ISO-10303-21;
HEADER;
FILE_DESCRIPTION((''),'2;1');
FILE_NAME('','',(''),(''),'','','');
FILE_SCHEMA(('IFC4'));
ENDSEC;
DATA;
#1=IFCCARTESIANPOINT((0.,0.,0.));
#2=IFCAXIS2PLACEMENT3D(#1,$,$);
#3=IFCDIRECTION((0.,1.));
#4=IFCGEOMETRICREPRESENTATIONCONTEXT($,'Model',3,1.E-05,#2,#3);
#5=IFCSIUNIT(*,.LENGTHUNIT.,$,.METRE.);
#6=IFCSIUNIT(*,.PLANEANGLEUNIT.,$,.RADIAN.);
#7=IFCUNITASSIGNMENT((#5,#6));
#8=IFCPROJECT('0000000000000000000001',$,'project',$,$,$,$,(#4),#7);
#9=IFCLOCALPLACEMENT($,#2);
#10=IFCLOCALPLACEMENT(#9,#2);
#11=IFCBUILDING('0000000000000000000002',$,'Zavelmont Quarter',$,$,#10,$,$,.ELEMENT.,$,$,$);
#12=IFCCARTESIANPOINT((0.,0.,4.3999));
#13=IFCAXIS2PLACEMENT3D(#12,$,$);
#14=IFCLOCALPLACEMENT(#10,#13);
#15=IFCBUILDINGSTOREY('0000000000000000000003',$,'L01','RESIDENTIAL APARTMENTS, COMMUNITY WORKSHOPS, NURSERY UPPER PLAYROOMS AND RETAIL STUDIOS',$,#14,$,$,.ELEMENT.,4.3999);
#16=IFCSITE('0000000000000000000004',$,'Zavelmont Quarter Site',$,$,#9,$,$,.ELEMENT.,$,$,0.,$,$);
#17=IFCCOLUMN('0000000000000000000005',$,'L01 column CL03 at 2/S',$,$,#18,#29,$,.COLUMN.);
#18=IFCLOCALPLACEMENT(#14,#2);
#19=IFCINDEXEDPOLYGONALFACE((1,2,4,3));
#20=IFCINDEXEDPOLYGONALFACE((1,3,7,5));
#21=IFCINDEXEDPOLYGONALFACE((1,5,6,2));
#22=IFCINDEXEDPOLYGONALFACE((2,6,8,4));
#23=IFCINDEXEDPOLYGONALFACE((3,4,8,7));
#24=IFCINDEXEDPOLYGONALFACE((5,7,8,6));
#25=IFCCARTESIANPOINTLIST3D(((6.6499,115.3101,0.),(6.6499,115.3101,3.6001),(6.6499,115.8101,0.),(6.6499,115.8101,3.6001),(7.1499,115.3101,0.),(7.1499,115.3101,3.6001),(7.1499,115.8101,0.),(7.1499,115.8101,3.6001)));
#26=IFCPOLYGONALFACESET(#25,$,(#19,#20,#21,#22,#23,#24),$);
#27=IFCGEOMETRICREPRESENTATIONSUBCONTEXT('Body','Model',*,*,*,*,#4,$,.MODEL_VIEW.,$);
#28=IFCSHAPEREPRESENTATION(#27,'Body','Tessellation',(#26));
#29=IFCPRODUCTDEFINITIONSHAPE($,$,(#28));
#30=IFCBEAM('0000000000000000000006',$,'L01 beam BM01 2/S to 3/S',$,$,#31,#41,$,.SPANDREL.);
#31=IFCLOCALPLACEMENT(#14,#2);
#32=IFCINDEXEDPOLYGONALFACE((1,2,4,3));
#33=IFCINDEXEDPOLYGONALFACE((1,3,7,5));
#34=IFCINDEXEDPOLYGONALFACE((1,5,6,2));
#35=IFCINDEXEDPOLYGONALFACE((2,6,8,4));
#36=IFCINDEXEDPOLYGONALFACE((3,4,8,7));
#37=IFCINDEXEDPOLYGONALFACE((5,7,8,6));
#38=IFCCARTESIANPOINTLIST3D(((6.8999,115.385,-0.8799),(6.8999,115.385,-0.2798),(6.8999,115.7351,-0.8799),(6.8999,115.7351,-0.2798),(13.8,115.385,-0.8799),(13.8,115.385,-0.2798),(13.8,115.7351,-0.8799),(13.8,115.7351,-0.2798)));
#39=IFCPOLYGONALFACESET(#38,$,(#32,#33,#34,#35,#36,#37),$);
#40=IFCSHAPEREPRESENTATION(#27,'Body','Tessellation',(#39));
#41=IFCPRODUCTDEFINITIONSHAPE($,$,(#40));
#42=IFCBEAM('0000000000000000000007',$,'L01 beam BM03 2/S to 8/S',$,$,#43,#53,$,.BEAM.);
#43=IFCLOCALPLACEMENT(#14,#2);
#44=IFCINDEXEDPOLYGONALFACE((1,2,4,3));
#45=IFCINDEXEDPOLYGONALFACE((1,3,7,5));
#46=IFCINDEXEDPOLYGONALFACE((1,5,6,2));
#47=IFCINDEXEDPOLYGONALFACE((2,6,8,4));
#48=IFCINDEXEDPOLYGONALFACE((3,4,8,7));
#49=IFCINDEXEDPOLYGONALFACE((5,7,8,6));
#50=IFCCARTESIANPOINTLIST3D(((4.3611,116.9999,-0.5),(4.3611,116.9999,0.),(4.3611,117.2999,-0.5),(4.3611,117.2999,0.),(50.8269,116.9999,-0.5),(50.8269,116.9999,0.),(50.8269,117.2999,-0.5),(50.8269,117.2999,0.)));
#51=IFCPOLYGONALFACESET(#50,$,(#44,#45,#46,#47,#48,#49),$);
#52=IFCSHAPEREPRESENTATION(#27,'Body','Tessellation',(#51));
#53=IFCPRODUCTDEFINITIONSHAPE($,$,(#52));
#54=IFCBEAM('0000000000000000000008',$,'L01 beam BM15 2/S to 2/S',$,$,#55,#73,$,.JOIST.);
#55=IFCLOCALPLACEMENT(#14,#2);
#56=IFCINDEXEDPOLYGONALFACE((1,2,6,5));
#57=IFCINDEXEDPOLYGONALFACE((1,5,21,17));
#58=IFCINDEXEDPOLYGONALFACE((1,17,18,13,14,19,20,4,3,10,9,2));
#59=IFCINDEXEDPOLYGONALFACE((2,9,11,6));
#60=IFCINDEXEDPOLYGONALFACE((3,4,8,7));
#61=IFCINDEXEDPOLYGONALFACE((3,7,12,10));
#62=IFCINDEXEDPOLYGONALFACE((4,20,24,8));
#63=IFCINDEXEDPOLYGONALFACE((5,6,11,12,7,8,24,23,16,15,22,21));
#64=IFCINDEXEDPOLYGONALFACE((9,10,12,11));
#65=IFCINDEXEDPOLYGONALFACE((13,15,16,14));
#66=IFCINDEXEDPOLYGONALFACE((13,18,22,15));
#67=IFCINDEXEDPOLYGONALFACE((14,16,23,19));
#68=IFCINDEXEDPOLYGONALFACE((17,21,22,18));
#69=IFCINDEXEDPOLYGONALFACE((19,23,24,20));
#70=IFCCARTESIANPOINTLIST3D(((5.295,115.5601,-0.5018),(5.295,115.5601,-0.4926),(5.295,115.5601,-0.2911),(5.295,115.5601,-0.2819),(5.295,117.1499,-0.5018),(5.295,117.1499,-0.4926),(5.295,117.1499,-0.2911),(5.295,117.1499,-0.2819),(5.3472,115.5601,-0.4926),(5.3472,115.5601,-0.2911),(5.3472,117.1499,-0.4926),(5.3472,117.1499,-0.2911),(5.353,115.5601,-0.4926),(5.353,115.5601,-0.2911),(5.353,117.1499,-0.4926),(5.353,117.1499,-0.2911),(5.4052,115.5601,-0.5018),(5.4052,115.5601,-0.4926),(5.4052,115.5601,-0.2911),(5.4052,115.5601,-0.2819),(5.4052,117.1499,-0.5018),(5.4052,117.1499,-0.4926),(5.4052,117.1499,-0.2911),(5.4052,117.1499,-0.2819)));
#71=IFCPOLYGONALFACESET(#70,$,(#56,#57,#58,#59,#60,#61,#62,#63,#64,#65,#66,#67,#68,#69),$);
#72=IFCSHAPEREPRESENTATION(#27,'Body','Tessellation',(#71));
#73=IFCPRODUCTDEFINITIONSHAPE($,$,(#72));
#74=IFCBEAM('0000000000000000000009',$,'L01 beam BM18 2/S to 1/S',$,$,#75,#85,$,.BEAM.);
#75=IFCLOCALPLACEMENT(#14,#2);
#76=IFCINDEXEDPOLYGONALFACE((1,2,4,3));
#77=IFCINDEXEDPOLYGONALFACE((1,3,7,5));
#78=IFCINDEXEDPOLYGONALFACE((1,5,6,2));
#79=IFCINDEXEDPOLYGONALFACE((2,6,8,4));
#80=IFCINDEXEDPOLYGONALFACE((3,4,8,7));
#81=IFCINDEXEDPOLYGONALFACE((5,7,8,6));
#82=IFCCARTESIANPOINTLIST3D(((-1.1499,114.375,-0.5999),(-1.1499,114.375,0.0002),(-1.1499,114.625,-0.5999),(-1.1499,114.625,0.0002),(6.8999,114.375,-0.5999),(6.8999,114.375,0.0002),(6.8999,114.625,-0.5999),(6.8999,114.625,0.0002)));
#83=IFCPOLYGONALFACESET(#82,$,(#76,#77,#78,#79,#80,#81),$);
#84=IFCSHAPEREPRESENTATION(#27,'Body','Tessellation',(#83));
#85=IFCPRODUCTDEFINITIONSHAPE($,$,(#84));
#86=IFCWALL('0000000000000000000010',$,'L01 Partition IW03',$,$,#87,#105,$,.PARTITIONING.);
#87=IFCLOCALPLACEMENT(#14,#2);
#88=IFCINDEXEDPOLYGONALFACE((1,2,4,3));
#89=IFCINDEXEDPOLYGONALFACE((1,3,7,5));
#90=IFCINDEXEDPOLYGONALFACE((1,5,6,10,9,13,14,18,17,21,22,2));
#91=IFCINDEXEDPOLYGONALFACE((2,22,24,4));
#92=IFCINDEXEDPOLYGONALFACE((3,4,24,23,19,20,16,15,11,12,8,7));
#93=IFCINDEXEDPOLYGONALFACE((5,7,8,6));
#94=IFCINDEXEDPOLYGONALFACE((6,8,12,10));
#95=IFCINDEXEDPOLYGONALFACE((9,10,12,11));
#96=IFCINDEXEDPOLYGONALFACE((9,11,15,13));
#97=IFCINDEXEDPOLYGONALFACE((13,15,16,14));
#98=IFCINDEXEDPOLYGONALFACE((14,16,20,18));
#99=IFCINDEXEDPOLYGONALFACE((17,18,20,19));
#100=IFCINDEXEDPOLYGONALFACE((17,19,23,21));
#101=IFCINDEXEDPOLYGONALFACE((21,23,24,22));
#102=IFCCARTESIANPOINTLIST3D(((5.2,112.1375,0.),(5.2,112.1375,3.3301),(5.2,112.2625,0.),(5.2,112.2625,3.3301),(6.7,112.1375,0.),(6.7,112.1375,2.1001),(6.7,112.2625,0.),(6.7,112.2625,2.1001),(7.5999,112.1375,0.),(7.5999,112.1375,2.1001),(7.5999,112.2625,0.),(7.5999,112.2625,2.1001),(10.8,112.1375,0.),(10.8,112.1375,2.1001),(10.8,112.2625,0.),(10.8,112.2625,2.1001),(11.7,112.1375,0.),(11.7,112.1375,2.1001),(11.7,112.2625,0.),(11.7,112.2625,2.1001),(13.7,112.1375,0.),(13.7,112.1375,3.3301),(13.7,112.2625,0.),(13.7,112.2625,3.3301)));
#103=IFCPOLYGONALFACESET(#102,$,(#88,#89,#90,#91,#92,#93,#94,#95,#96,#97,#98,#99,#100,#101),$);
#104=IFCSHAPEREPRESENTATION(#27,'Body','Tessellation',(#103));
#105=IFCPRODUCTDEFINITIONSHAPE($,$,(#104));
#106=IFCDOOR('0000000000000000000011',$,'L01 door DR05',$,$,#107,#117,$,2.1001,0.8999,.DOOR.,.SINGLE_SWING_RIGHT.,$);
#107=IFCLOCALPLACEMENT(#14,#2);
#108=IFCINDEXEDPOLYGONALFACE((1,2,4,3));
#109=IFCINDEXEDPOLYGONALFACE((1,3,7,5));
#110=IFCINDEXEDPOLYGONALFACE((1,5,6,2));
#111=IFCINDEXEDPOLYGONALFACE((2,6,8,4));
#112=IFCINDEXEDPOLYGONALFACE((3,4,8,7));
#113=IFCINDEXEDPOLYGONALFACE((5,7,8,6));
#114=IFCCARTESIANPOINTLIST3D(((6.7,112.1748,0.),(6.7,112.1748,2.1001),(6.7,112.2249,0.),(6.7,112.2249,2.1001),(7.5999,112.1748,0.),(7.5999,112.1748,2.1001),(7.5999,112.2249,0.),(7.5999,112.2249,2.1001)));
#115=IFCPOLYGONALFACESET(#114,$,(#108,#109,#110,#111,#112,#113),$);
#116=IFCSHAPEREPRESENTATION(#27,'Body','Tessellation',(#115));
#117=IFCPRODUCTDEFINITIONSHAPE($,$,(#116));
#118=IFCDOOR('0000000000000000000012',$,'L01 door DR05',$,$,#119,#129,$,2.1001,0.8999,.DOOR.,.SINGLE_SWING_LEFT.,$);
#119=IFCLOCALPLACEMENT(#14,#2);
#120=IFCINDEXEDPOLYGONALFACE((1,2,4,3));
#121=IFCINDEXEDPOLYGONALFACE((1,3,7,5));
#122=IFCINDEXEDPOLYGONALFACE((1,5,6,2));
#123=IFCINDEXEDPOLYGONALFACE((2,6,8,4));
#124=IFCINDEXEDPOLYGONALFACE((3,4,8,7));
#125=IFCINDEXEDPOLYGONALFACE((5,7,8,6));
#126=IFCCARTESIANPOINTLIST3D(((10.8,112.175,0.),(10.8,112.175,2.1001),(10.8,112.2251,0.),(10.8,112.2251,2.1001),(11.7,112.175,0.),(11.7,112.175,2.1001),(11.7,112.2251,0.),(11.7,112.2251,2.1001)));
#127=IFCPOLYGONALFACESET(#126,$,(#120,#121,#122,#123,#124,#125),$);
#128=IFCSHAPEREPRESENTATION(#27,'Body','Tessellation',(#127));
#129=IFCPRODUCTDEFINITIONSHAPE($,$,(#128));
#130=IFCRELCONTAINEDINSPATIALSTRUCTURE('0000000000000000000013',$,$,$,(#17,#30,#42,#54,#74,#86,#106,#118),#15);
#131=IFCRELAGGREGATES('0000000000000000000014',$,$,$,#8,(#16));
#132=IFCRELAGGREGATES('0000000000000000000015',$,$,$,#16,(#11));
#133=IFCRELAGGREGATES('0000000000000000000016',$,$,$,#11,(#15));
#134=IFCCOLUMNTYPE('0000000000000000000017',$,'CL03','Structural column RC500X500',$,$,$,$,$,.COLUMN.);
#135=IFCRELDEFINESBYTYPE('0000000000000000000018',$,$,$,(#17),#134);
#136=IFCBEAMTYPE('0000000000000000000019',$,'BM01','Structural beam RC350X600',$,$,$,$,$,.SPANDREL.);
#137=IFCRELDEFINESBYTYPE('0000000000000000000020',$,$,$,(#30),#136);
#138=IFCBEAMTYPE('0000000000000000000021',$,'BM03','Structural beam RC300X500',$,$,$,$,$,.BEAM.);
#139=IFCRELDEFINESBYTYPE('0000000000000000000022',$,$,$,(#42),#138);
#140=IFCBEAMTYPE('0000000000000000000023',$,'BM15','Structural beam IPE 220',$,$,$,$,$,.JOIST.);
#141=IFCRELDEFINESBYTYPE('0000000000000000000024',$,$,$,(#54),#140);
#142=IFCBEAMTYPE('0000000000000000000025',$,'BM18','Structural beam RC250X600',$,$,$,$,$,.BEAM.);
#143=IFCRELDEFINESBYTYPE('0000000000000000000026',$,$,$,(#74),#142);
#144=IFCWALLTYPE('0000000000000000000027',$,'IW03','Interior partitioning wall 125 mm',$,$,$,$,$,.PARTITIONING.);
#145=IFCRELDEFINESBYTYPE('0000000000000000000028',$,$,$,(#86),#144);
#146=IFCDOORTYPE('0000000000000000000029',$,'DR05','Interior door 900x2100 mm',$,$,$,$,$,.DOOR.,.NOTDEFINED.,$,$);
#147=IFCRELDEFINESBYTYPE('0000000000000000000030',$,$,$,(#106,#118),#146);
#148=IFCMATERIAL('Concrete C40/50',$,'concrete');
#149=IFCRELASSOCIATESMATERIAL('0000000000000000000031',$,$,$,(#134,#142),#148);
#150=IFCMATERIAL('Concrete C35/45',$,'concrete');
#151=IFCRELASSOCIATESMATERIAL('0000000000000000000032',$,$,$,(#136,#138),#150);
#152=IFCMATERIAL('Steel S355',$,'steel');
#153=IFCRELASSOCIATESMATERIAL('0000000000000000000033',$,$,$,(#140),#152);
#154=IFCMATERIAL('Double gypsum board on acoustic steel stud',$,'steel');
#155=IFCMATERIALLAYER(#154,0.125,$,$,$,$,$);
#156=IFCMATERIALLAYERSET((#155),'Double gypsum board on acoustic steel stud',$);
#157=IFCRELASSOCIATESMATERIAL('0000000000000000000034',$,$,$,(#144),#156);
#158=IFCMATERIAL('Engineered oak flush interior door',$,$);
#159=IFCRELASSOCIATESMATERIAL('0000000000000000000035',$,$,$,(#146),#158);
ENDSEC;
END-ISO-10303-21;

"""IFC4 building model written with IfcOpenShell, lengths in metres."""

from ifc_helpers import new_model, si_unit, direction, frame, frame_2d, origin, origin_with_axes, origin_2d, place, context, subcontext, project, spatial, rectangle, i_section, extrude, material, layer, layer_set, material_profile, profile_set, type_object, element, fill, save


model = new_model("IFC4")

# Units and contexts
model_context = context("Model", 3, precision=1e-05, world=origin(), true_north=direction((0.0, 1.0)))
body_context = subcontext(model_context, "Body", "Model", "MODEL_VIEW")
ifc_project = project(units=[si_unit("LENGTHUNIT", "METRE"), si_unit("PLANEANGLEUNIT", "RADIAN")], contexts=[model_context])

# Site, building, storey
site_placement = place(None, origin())
site = spatial("IfcSite", under=ifc_project, at=site_placement, Name="Zavelmont Quarter Site", CompositionType="ELEMENT", RefElevation=0.0)
building_placement = place(site_placement, origin())
building = spatial("IfcBuilding", under=site, at=building_placement, Name="Zavelmont Quarter", CompositionType="ELEMENT")
storey_placement = place(building_placement, frame((0.0, 0.0, 4.3999)))
storey = spatial("IfcBuildingStorey", under=building, at=storey_placement, Name="L01", Description="RESIDENTIAL APARTMENTS, COMMUNITY WORKSHOPS, NURSERY UPPER PLAYROOMS AND RETAIL STUDIOS", CompositionType="ELEMENT", Elevation=4.3999)

# Column
ifc_material_1 = material(Name="Concrete C40/50", Category="concrete")
ifc_material_profile_1 = material_profile(ifc_material_1, rectangle(XDim=0.5, YDim=0.5, at=origin_2d()), Name="RC500X500")
ifc_profile_set_1 = profile_set([ifc_material_profile_1], Name="Concrete C40/50")
column_type = type_object("IfcColumnType", Name="CL03", Description="Structural column RC500X500", PredefinedType="COLUMN", material=ifc_profile_set_1)
column_placement = place(storey_placement, frame((6.8999, 115.5601, 0.0), z_axis=(0.0, 0.0, 1.0), x_axis=(1.0, 0.0, 0.0)))
element("IfcColumn", 1, at=column_placement, inside=storey, type_object=column_type, Name="L01 column CL03 at 2/S", PredefinedType="COLUMN", context=body_context, shape_type="SweptSolid", body=[
    extrude(rectangle(XDim=0.5, YDim=0.5, at=origin_2d()), origin(), (0.0, 0.0, 1.0), 3.6001),
])

# Beams
ifc_material_2 = material(Name="Concrete C35/45", Category="concrete")
ifc_material_profile_2 = material_profile(ifc_material_2, rectangle(XDim=0.3501, YDim=0.6001, at=origin_2d()), Name="RC350X600")
ifc_profile_set_2 = profile_set([ifc_material_profile_2], Name="Concrete C35/45")
beam_type_1 = type_object("IfcBeamType", Name="BM01", Description="Structural beam RC350X600", PredefinedType="SPANDREL", material=ifc_profile_set_2)
beam_1_placement = place(storey_placement, frame((6.8999, 115.5601, -0.5798), z_axis=(1.0, 0.0, 0.0), x_axis=(0.0, 1.0, 0.0)))
element("IfcBeam", 2, at=beam_1_placement, inside=storey, type_object=beam_type_1, Name="L01 beam BM01 2/S to 3/S", PredefinedType="SPANDREL", context=body_context, shape_type="SweptSolid", body=[
    extrude(rectangle(XDim=0.3501, YDim=0.6001, at=origin_2d()), origin(), (0.0, 0.0, 1.0), 6.9001),
])
ifc_material_profile_3 = material_profile(ifc_material_2, rectangle(XDim=0.3, YDim=0.5, at=origin_2d()), Name="RC300X500")
ifc_profile_set_3 = profile_set([ifc_material_profile_3], Name="Concrete C35/45")
beam_type_2 = type_object("IfcBeamType", Name="BM03", Description="Structural beam RC300X500", PredefinedType="BEAM", material=ifc_profile_set_3)
beam_2_placement = place(storey_placement, frame((4.3611, 117.1499, -0.25), z_axis=(1.0, 0.0, 0.0), x_axis=(0.0, 1.0, 0.0)))
element("IfcBeam", 3, at=beam_2_placement, inside=storey, type_object=beam_type_2, Name="L01 beam BM03 2/S to 8/S", PredefinedType="BEAM", context=body_context, shape_type="SweptSolid", body=[
    extrude(rectangle(XDim=0.3, YDim=0.5, at=origin_2d()), origin(), (0.0, 0.0, 1.0), 46.4658),
])
ifc_material_3 = material(Name="Steel S355", Category="steel")
ifc_material_profile_4 = material_profile(ifc_material_3, i_section(OverallWidth=0.1101, OverallDepth=0.22, WebThickness=0.0059, FlangeThickness=0.0093, at=origin_2d()), Name="IPE 220")
ifc_profile_set_4 = profile_set([ifc_material_profile_4], Name="Steel S355")
beam_type_3 = type_object("IfcBeamType", Name="BM15", Description="Structural beam IPE 220", PredefinedType="JOIST", material=ifc_profile_set_4)
beam_3_placement = place(storey_placement, frame((5.3501, 115.5601, -0.3918), z_axis=(0.0, 1.0, 0.0), x_axis=(-1.0, 0.0, 0.0)))
element("IfcBeam", 4, at=beam_3_placement, inside=storey, type_object=beam_type_3, Name="L01 beam BM15 2/S to 2/S", PredefinedType="JOIST", context=body_context, shape_type="SweptSolid", body=[
    extrude(i_section(OverallWidth=0.1101, OverallDepth=0.22, WebThickness=0.0059, FlangeThickness=0.0093, at=origin_2d()), origin(), (0.0, 0.0, 1.0), 1.5898),
])
ifc_material_profile_5 = material_profile(ifc_material_1, rectangle(XDim=0.25, YDim=0.6001, at=origin_2d()), Name="RC250X600")
ifc_profile_set_5 = profile_set([ifc_material_profile_5], Name="Concrete C40/50")
beam_type_4 = type_object("IfcBeamType", Name="BM18", Description="Structural beam RC250X600", PredefinedType="BEAM", material=ifc_profile_set_5)
beam_4_placement = place(storey_placement, frame((6.8999, 114.5, -0.2998), z_axis=(-1.0, 0.0, 0.0), x_axis=(0.0, -1.0, 0.0)))
element("IfcBeam", 5, at=beam_4_placement, inside=storey, type_object=beam_type_4, Name="L01 beam BM18 2/S to 1/S", PredefinedType="BEAM", context=body_context, shape_type="SweptSolid", body=[
    extrude(rectangle(XDim=0.25, YDim=0.6001, at=origin_2d()), origin(), (0.0, 0.0, 1.0), 8.0498),
])

# Wall, openings, doors
ifc_material_4 = material(Name="Double gypsum board on acoustic steel stud", Category="steel")
ifc_layer_1 = layer(ifc_material_4, 0.125)
ifc_layer_set_1 = layer_set([ifc_layer_1], Name="Double gypsum board on acoustic steel stud")
wall_type_1 = type_object("IfcWallType", Name="IW03", Description="Interior partitioning wall 125 mm", PredefinedType="PARTITIONING", material=ifc_layer_set_1)
wall_1_placement = place(storey_placement, frame((5.2, 112.2, 0.0), z_axis=(0.0, 0.0, 1.0), x_axis=(1.0, 0.0, 0.0)))
wall_1 = element("IfcWall", 6, at=wall_1_placement, inside=storey, type_object=wall_type_1, Name="L01 Partition IW03", PredefinedType="PARTITIONING", context=body_context, shape_type="SweptSolid", body=[
    extrude(rectangle(XDim=8.5, YDim=0.125, at=frame_2d((4.25, 0.0))), origin(), (0.0, 0.0, 1.0), 3.3301),
])
opening_1_placement = place(wall_1_placement, frame((1.5, 0.0, 0.0)))
opening_1 = element("IfcOpeningElement", 7, at=opening_1_placement, cuts=wall_1, PredefinedType="OPENING", context=body_context, shape_type="SweptSolid", body=[
    extrude(rectangle(XDim=0.8999, YDim=2.1001, at=frame_2d((0.45, 1.05))), frame((0.0, 0.0745, 0.0), z_axis=(0.0, -1.0, 0.0), x_axis=(1.0, 0.0, 0.0)), (0.0, 0.0, 1.0), 0.1489),
])
opening_2_placement = place(wall_1_placement, frame((5.6001, 0.0, 0.0)))
opening_2 = element("IfcOpeningElement", 8, at=opening_2_placement, cuts=wall_1, PredefinedType="OPENING", context=body_context, shape_type="SweptSolid", body=[
    extrude(rectangle(XDim=0.8999, YDim=2.1001, at=frame_2d((0.45, 1.05))), frame((0.0, 0.0745, 0.0), z_axis=(0.0, -1.0, 0.0), x_axis=(1.0, 0.0, 0.0)), (0.0, 0.0, 1.0), 0.1489),
])
ifc_material_5 = material(Name="Engineered oak flush interior door")
door_type_1 = type_object("IfcDoorType", Name="DR05", Description="Interior door 900x2100 mm", OperationType="NOTDEFINED", PredefinedType="DOOR", material=ifc_material_5)
door_1_placement = place(opening_1_placement, origin_with_axes())
door_1 = element("IfcDoor", 9, at=door_1_placement, inside=storey, type_object=door_type_1, Name="L01 door DR05", OperationType="SINGLE_SWING_RIGHT", OverallHeight=2.1001, OverallWidth=0.8999, PredefinedType="DOOR", context=body_context, shape_type="SweptSolid", body=[
    extrude(rectangle(XDim=0.8999, YDim=2.1001, at=frame_2d((0.45, 1.05))), frame((0.0, 0.0249, 0.0), z_axis=(0.0, -1.0, 0.0), x_axis=(1.0, 0.0, 0.0)), (0.0, 0.0, 1.0), 0.05),
])
fill(opening_1, door_1)
door_2_placement = place(opening_2_placement, frame((0.8999, 0.0, 0.0), z_axis=(0.0, 0.0, 1.0), x_axis=(-1.0, 0.0, 0.0)))
door_2 = element("IfcDoor", 10, at=door_2_placement, inside=storey, type_object=door_type_1, Name="L01 door DR05", OperationType="SINGLE_SWING_LEFT", OverallHeight=2.1001, OverallWidth=0.8999, PredefinedType="DOOR", context=body_context, shape_type="SweptSolid", body=[
    extrude(rectangle(XDim=0.8999, YDim=2.1001, at=frame_2d((0.45, 1.05))), frame((0.0, 0.0249, 0.0), z_axis=(0.0, -1.0, 0.0), x_axis=(1.0, 0.0, 0.0)), (0.0, 0.0, 1.0), 0.05),
])
fill(opening_2, door_2)

save(model, "model.ifc")
